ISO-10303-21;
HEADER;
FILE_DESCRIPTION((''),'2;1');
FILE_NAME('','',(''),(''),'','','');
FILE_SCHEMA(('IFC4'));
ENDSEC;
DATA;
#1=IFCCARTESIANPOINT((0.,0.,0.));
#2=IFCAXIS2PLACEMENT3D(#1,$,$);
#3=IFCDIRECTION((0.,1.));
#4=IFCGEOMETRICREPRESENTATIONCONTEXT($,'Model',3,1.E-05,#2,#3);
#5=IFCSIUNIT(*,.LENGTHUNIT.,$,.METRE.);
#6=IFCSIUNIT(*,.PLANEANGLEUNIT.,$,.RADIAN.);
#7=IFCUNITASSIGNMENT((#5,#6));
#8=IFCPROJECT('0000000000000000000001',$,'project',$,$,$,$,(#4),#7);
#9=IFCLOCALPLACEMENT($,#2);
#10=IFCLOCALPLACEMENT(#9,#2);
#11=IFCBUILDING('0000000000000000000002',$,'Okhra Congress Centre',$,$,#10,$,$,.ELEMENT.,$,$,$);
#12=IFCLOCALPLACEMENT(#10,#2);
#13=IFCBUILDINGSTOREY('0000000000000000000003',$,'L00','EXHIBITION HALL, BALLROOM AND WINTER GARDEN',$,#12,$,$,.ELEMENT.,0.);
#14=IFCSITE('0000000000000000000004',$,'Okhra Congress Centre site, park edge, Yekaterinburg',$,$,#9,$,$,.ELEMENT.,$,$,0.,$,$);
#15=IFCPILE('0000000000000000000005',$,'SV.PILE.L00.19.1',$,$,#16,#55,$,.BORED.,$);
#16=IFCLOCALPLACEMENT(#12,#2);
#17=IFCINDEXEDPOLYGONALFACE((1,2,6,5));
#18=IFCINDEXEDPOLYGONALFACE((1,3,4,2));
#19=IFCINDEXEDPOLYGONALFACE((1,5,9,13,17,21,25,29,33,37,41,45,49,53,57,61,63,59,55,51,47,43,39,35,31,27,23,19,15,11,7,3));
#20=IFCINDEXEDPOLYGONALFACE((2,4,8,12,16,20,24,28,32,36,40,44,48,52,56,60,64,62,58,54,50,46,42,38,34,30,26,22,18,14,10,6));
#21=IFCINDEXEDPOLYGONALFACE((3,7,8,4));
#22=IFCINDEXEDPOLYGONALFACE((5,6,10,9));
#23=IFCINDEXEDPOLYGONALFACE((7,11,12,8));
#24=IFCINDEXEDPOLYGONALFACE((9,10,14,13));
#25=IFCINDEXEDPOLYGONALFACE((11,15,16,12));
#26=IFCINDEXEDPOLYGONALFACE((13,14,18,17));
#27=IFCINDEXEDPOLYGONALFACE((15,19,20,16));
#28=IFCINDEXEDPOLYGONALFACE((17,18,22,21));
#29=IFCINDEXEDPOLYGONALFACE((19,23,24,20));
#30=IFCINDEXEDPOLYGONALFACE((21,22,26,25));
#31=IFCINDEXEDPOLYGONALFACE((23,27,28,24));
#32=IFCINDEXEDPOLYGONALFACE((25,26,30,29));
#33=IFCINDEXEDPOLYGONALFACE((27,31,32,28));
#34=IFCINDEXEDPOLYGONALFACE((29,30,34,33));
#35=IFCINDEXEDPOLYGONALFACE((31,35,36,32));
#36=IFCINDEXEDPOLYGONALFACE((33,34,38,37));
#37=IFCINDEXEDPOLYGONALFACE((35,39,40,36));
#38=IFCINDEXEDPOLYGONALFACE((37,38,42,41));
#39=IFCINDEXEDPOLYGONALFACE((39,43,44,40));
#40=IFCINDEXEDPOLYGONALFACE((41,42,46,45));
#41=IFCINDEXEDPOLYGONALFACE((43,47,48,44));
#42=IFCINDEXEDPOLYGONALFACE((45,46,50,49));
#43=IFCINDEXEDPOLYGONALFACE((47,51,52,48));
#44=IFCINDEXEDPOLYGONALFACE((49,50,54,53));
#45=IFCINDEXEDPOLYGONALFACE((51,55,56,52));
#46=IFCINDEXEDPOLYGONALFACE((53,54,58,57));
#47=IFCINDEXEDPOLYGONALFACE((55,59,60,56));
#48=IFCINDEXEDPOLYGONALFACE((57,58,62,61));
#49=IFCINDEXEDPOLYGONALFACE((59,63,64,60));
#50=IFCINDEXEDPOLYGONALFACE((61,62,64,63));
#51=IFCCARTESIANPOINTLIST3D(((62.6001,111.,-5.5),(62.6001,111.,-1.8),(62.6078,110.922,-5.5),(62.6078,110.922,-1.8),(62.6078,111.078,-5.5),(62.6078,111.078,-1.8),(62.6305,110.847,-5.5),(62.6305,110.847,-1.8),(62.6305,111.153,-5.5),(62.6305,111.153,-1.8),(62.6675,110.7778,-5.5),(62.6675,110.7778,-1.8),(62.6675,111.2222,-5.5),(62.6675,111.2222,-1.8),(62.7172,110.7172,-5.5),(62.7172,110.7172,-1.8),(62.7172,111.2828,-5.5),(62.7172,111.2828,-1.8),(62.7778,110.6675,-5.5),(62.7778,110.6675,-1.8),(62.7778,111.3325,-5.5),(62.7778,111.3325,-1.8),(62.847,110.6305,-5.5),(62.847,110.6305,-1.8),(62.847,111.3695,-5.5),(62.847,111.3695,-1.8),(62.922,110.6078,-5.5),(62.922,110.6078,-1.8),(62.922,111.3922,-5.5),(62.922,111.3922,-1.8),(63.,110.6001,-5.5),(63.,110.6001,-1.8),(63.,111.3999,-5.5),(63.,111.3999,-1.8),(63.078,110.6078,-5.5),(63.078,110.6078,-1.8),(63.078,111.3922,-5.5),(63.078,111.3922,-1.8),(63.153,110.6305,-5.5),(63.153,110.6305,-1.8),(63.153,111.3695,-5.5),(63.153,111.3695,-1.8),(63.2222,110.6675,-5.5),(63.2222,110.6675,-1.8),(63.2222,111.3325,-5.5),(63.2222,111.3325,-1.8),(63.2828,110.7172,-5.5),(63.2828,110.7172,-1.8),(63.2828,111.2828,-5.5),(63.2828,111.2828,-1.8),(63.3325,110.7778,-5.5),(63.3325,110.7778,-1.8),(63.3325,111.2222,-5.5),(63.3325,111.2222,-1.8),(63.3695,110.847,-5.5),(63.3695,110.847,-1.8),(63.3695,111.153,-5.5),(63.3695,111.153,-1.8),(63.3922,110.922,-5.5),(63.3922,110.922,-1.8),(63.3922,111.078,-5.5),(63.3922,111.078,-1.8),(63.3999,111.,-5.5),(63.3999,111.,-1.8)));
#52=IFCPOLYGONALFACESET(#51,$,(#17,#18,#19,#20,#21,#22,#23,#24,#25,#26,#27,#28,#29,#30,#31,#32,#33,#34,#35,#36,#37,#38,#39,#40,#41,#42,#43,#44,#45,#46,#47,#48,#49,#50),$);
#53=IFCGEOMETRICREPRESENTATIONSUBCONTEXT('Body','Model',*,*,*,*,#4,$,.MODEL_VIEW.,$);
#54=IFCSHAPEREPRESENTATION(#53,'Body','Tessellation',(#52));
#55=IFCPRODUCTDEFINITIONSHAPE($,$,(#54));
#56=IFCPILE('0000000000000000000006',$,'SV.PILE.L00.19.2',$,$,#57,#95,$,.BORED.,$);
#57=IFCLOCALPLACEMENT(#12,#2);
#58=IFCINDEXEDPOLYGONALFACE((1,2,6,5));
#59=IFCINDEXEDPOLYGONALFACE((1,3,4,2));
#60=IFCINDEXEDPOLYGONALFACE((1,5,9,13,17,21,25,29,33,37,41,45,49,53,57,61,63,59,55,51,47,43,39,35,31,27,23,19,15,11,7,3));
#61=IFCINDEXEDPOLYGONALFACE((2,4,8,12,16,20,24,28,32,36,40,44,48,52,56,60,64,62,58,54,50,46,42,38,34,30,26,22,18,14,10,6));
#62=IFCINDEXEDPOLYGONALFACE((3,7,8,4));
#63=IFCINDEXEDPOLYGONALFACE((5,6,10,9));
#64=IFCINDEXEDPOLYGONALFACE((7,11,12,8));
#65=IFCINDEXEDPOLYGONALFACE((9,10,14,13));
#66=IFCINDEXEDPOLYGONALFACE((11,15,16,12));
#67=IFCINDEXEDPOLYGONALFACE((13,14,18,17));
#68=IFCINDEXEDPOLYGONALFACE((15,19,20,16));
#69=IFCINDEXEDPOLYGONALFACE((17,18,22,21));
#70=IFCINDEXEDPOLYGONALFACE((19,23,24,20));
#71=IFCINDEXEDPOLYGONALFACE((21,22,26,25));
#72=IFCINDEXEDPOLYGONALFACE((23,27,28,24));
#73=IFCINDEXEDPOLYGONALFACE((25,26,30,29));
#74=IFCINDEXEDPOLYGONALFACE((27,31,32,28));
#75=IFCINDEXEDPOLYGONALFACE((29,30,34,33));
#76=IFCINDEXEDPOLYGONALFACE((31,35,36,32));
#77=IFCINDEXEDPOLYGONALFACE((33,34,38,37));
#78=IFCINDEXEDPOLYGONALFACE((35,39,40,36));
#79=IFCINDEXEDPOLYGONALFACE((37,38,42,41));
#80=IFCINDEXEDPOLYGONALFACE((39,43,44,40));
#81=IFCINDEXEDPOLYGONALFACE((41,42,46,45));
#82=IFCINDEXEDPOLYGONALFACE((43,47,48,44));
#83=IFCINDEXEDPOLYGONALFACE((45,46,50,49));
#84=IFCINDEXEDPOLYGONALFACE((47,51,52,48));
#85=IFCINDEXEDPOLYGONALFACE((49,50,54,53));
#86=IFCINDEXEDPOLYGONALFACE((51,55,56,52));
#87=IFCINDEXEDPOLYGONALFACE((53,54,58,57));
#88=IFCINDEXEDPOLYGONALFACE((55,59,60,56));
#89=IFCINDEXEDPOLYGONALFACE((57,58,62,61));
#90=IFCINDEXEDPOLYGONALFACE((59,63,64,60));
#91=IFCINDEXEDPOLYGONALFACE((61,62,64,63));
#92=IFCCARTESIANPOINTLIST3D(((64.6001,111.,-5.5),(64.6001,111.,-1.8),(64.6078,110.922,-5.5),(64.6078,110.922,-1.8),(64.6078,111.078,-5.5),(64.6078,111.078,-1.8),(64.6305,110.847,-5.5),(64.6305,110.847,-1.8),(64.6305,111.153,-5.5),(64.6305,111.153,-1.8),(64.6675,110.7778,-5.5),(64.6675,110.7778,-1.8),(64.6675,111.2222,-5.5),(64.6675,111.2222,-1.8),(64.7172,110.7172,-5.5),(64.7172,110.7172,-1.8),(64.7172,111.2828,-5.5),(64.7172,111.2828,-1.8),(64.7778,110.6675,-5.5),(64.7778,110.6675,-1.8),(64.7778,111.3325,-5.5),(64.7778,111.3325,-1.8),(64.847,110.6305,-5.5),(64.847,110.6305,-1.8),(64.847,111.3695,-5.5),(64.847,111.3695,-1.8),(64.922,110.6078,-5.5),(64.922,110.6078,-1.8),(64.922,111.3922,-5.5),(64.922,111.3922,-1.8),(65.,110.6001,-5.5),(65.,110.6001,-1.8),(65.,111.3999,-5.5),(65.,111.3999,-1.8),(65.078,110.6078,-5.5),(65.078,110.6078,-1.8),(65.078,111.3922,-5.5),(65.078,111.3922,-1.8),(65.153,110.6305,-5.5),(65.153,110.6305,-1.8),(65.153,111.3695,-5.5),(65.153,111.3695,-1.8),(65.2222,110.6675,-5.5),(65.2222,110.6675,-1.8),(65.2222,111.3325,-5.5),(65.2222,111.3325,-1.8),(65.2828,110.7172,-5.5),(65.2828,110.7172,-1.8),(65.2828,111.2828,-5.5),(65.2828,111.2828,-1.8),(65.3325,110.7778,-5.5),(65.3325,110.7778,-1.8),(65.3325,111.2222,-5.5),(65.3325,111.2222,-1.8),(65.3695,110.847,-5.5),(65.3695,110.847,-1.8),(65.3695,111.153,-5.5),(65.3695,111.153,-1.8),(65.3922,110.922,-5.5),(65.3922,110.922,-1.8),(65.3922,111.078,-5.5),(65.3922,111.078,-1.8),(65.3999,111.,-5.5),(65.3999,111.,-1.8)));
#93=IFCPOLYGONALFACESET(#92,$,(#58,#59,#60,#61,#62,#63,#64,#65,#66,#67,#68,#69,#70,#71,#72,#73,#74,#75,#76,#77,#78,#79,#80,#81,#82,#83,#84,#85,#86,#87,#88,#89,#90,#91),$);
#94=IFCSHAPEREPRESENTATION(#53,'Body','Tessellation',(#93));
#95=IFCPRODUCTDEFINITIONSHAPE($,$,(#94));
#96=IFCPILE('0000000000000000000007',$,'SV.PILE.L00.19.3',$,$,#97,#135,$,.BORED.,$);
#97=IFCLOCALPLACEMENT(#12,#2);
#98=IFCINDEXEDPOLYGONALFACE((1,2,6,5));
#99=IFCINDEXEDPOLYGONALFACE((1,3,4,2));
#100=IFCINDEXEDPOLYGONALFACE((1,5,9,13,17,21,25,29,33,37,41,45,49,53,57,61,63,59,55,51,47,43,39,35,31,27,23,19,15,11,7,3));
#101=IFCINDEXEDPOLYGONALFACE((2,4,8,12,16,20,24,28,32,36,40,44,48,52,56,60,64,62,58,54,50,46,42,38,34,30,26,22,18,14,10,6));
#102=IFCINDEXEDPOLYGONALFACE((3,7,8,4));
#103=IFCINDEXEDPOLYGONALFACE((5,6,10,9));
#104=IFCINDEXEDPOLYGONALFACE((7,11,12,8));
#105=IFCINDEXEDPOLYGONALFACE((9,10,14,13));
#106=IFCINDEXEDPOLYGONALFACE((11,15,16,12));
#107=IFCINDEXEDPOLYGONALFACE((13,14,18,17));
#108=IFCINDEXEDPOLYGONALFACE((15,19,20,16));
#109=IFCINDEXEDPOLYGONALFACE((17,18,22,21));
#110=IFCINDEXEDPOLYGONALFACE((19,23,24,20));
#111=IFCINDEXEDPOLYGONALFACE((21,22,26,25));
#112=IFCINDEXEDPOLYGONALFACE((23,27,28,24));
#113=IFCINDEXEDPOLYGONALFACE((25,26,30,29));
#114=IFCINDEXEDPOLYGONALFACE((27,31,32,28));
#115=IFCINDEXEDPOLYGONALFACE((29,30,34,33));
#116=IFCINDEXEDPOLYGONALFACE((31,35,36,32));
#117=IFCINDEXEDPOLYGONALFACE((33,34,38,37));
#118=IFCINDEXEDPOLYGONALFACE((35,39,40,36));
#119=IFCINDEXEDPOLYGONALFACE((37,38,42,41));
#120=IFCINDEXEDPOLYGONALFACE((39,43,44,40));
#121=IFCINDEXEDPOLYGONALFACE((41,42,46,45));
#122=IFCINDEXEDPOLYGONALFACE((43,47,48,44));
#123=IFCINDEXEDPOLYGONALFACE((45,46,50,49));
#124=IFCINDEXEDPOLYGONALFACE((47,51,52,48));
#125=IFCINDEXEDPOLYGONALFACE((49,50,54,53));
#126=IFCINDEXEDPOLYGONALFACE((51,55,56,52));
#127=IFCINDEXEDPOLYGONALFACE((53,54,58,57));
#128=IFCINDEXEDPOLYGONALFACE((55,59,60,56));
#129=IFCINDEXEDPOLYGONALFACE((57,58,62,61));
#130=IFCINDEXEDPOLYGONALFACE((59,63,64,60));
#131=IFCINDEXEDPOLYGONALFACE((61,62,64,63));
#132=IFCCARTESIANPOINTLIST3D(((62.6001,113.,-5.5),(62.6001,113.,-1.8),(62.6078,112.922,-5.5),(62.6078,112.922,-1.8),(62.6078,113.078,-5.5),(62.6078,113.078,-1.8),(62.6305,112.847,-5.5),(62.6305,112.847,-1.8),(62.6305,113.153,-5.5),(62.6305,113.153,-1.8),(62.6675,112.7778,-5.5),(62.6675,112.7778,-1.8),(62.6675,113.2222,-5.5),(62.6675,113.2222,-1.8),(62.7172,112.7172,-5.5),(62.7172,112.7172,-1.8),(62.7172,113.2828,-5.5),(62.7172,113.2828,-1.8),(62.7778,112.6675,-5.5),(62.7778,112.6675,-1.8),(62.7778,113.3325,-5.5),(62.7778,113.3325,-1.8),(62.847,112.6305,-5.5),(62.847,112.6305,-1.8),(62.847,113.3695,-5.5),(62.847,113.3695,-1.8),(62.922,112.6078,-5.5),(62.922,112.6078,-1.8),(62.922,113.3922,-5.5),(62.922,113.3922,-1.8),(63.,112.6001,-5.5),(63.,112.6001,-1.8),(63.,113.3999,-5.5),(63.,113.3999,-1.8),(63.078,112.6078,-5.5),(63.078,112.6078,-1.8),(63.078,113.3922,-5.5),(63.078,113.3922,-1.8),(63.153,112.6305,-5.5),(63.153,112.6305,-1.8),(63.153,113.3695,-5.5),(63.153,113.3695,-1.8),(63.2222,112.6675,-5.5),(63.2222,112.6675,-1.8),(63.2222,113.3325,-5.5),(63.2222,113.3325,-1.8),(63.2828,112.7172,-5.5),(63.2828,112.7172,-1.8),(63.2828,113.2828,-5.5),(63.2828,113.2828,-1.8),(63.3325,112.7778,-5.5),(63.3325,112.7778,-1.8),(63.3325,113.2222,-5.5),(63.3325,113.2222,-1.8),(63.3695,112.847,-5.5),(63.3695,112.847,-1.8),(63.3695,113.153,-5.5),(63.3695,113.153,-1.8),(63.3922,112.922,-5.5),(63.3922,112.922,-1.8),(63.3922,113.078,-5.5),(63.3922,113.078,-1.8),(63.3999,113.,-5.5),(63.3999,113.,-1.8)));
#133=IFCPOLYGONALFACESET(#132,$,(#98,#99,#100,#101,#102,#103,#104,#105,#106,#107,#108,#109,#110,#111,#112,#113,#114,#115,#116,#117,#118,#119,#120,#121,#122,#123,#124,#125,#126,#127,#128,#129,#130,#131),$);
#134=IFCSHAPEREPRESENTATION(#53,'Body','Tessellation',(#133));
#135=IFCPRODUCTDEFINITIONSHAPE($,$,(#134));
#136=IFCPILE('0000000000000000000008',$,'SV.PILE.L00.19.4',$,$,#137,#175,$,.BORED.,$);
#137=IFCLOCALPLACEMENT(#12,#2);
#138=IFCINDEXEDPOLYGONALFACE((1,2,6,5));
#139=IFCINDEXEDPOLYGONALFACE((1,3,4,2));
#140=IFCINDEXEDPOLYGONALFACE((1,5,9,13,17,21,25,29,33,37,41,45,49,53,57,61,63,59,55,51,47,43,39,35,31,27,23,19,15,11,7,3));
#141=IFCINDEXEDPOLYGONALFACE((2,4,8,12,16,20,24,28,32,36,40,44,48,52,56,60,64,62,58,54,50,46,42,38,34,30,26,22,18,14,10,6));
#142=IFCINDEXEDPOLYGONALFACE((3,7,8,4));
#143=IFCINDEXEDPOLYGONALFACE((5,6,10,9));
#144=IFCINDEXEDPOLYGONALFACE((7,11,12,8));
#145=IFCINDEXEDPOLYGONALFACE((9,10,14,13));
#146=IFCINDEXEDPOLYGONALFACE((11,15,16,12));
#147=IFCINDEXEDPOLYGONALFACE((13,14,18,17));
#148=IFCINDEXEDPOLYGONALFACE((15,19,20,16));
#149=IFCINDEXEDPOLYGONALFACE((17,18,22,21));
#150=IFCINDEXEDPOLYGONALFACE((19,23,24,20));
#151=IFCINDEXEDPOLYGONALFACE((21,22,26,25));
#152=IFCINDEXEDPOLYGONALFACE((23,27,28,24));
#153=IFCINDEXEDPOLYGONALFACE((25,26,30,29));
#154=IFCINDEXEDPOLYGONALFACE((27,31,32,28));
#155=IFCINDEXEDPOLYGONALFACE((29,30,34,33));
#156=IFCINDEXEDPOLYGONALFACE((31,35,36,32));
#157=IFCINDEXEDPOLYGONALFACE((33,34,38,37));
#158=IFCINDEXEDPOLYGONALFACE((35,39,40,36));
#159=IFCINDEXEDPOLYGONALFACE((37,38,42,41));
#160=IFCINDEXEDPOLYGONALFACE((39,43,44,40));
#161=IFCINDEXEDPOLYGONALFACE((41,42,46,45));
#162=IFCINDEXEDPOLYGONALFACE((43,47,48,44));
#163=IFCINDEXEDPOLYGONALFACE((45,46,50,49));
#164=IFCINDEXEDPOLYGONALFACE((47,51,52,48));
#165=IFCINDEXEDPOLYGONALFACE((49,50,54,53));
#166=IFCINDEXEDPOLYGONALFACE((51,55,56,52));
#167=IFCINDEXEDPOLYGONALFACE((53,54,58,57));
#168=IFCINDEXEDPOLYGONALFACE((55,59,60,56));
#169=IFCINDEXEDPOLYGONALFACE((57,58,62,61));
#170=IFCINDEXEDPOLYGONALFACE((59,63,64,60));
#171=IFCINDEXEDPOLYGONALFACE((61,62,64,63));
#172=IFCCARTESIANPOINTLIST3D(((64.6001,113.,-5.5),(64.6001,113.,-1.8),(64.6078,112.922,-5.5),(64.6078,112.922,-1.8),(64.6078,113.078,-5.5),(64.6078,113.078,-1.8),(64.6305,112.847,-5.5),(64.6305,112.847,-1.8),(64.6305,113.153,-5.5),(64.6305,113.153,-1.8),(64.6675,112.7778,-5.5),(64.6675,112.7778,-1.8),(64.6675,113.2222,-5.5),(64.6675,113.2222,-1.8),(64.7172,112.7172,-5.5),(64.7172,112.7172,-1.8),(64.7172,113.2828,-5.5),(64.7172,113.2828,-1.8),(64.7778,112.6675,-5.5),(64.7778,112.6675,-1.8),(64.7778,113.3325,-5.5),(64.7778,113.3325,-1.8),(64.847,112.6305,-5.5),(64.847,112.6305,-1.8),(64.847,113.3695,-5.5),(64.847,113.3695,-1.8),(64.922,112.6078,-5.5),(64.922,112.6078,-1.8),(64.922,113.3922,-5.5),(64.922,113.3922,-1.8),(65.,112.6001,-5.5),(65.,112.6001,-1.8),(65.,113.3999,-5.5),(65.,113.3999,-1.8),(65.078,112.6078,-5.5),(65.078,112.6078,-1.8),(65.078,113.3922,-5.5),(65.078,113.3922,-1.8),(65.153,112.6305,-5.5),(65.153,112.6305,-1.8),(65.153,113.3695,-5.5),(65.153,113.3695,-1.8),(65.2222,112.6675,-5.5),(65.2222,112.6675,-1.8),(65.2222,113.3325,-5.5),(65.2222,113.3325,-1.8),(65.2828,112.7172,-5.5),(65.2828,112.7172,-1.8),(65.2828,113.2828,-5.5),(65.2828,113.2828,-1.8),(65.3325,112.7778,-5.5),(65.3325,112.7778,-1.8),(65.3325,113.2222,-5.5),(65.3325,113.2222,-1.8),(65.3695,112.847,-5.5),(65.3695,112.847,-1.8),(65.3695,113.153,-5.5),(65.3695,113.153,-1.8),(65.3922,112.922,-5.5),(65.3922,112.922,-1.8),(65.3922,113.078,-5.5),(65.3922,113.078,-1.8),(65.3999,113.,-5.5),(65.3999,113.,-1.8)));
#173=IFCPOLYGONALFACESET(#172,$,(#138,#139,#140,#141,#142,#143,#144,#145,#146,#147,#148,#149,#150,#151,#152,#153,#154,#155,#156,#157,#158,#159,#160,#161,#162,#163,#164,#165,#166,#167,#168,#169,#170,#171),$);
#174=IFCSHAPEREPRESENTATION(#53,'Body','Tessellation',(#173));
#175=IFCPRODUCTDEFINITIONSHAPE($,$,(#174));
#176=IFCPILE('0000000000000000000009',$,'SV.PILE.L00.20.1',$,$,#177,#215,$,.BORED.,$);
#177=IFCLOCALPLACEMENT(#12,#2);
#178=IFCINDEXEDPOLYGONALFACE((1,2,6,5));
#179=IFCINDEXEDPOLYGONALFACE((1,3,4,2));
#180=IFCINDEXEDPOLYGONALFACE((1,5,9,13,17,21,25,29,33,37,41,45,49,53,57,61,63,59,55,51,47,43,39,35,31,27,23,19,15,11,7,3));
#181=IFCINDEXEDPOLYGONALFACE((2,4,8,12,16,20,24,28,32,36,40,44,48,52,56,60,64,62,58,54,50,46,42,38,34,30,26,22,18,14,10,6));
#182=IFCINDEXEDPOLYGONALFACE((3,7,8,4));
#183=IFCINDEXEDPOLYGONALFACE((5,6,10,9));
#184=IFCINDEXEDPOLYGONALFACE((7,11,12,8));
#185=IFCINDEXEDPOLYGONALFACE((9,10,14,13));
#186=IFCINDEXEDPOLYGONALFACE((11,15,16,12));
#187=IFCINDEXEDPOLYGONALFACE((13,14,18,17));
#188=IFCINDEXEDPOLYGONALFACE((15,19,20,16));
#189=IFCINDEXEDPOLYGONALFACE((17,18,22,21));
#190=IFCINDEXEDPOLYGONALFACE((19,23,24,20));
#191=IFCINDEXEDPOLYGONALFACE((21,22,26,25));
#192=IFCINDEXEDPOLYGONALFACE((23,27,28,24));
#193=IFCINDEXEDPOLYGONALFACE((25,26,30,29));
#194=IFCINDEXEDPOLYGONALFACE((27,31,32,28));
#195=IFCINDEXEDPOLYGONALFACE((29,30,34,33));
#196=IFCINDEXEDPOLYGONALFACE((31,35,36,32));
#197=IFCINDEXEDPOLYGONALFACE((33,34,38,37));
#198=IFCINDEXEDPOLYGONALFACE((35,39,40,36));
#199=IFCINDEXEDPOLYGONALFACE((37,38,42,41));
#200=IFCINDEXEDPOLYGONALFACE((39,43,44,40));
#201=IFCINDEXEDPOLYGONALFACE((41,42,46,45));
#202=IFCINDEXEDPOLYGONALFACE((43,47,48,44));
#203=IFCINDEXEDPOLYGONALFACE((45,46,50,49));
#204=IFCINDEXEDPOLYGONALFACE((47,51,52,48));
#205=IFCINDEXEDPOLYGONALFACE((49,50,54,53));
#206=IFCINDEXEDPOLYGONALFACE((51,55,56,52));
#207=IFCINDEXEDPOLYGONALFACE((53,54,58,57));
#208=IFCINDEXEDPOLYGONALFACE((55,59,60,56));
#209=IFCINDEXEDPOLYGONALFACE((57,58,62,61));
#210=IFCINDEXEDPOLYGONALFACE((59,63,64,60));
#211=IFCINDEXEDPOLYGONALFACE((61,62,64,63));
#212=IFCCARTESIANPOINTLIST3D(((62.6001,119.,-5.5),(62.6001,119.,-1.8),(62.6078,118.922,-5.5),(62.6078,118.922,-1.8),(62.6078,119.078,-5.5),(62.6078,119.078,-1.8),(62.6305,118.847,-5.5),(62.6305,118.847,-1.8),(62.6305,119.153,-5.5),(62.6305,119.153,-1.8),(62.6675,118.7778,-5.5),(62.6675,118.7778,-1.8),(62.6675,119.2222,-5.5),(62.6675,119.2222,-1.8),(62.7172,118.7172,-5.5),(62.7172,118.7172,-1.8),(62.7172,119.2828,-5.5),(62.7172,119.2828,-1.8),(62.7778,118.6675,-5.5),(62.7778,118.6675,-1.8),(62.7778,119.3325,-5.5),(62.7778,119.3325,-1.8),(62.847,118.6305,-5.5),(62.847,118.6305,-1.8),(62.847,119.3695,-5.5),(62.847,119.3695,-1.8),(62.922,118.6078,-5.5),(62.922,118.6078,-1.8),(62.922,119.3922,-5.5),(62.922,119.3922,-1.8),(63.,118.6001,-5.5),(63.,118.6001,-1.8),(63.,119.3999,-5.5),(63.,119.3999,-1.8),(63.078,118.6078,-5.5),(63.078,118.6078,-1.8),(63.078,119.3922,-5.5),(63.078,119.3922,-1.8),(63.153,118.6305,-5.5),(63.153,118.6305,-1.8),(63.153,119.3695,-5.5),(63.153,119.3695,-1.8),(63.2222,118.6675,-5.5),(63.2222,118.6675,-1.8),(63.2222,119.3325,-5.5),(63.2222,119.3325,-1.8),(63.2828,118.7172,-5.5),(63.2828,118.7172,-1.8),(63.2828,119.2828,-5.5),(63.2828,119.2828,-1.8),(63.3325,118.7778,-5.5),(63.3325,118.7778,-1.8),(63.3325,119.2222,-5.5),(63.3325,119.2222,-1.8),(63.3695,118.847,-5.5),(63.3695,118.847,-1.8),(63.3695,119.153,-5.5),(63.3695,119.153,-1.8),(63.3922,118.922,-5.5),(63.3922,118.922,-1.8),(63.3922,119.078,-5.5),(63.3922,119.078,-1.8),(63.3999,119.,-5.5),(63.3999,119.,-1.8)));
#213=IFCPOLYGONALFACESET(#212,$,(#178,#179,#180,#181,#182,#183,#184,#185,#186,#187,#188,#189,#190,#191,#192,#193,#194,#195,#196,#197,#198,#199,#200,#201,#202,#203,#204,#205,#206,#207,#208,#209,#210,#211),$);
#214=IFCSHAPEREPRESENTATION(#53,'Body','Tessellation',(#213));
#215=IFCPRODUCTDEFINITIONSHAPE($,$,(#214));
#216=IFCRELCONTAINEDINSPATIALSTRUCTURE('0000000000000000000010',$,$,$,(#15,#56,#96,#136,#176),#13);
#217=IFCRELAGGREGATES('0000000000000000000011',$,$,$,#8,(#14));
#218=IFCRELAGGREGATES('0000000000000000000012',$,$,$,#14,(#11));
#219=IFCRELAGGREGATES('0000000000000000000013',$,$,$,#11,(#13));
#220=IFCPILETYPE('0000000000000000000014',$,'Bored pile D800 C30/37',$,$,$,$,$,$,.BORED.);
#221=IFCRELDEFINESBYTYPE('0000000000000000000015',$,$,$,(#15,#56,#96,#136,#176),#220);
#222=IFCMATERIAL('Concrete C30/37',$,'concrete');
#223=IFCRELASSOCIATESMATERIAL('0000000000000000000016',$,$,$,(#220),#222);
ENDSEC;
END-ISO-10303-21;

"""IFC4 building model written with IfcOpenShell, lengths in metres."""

from ifc_helpers import new_model, si_unit, direction, frame, origin, origin_2d, place, context, subcontext, project, spatial, circle, extrude, material, material_profile, profile_set, type_object, element, save


model = new_model("IFC4")

# Units and contexts
model_context = context("Model", 3, precision=1e-05, world=origin(), true_north=direction((0.0, 1.0)))
body_context = subcontext(model_context, "Body", "Model", "MODEL_VIEW")
ifc_project = project(units=[si_unit("LENGTHUNIT", "METRE"), si_unit("PLANEANGLEUNIT", "RADIAN")], contexts=[model_context])

# Site, building, storey
site_placement = place(None, origin())
site = spatial("IfcSite", under=ifc_project, at=site_placement, Name="Okhra Congress Centre site, park edge, Yekaterinburg", CompositionType="ELEMENT", RefElevation=0.0)
building_placement = place(site_placement, origin())
building = spatial("IfcBuilding", under=site, at=building_placement, Name="Okhra Congress Centre", CompositionType="ELEMENT")
storey_placement = place(building_placement, origin())
storey = spatial("IfcBuildingStorey", under=building, at=storey_placement, Name="L00", Description="EXHIBITION HALL, BALLROOM AND WINTER GARDEN", CompositionType="ELEMENT", Elevation=0.0)

# Piles
ifc_material_1 = material(Name="Concrete C30/37", Category="concrete")
ifc_material_profile_1 = material_profile(ifc_material_1, circle(Radius=0.3999, at=origin_2d()), Name="D800")
ifc_profile_set_1 = profile_set([ifc_material_profile_1], Name="Concrete C30/37")
pile_type = type_object("IfcPileType", Name="Bored pile D800 C30/37", PredefinedType="BORED", material=ifc_profile_set_1)
for number, where, z_axis, x_axis, name in (
    (1, (63.0, 111.0, -1.8), (0.0, 0.0, -1.0), (1.0, 0.0, 0.0), "SV.PILE.L00.19.1"),
    (2, (65.0, 111.0, -1.8), (0.0, 0.0, -1.0), (1.0, 0.0, 0.0), "SV.PILE.L00.19.2"),
    (3, (63.0, 113.0, -1.8), (0.0, 0.0, -1.0), (1.0, 0.0, 0.0), "SV.PILE.L00.19.3"),
    (4, (65.0, 113.0, -1.8), (0.0, 0.0, -1.0), (1.0, 0.0, 0.0), "SV.PILE.L00.19.4"),
    (5, (63.0, 119.0, -1.8), (0.0, 0.0, -1.0), (1.0, 0.0, 0.0), "SV.PILE.L00.20.1"),
):
    element("IfcPile", number, at=place(storey_placement, frame(where, z_axis=z_axis, x_axis=x_axis)), inside=storey, type_object=pile_type, Name=name, PredefinedType="BORED", context=body_context, shape_type="SweptSolid", body=[
        extrude(circle(Radius=0.3999, at=origin_2d()), origin(), (0.0, 0.0, 1.0), 3.7),
    ])

save(model, "model.ifc")
